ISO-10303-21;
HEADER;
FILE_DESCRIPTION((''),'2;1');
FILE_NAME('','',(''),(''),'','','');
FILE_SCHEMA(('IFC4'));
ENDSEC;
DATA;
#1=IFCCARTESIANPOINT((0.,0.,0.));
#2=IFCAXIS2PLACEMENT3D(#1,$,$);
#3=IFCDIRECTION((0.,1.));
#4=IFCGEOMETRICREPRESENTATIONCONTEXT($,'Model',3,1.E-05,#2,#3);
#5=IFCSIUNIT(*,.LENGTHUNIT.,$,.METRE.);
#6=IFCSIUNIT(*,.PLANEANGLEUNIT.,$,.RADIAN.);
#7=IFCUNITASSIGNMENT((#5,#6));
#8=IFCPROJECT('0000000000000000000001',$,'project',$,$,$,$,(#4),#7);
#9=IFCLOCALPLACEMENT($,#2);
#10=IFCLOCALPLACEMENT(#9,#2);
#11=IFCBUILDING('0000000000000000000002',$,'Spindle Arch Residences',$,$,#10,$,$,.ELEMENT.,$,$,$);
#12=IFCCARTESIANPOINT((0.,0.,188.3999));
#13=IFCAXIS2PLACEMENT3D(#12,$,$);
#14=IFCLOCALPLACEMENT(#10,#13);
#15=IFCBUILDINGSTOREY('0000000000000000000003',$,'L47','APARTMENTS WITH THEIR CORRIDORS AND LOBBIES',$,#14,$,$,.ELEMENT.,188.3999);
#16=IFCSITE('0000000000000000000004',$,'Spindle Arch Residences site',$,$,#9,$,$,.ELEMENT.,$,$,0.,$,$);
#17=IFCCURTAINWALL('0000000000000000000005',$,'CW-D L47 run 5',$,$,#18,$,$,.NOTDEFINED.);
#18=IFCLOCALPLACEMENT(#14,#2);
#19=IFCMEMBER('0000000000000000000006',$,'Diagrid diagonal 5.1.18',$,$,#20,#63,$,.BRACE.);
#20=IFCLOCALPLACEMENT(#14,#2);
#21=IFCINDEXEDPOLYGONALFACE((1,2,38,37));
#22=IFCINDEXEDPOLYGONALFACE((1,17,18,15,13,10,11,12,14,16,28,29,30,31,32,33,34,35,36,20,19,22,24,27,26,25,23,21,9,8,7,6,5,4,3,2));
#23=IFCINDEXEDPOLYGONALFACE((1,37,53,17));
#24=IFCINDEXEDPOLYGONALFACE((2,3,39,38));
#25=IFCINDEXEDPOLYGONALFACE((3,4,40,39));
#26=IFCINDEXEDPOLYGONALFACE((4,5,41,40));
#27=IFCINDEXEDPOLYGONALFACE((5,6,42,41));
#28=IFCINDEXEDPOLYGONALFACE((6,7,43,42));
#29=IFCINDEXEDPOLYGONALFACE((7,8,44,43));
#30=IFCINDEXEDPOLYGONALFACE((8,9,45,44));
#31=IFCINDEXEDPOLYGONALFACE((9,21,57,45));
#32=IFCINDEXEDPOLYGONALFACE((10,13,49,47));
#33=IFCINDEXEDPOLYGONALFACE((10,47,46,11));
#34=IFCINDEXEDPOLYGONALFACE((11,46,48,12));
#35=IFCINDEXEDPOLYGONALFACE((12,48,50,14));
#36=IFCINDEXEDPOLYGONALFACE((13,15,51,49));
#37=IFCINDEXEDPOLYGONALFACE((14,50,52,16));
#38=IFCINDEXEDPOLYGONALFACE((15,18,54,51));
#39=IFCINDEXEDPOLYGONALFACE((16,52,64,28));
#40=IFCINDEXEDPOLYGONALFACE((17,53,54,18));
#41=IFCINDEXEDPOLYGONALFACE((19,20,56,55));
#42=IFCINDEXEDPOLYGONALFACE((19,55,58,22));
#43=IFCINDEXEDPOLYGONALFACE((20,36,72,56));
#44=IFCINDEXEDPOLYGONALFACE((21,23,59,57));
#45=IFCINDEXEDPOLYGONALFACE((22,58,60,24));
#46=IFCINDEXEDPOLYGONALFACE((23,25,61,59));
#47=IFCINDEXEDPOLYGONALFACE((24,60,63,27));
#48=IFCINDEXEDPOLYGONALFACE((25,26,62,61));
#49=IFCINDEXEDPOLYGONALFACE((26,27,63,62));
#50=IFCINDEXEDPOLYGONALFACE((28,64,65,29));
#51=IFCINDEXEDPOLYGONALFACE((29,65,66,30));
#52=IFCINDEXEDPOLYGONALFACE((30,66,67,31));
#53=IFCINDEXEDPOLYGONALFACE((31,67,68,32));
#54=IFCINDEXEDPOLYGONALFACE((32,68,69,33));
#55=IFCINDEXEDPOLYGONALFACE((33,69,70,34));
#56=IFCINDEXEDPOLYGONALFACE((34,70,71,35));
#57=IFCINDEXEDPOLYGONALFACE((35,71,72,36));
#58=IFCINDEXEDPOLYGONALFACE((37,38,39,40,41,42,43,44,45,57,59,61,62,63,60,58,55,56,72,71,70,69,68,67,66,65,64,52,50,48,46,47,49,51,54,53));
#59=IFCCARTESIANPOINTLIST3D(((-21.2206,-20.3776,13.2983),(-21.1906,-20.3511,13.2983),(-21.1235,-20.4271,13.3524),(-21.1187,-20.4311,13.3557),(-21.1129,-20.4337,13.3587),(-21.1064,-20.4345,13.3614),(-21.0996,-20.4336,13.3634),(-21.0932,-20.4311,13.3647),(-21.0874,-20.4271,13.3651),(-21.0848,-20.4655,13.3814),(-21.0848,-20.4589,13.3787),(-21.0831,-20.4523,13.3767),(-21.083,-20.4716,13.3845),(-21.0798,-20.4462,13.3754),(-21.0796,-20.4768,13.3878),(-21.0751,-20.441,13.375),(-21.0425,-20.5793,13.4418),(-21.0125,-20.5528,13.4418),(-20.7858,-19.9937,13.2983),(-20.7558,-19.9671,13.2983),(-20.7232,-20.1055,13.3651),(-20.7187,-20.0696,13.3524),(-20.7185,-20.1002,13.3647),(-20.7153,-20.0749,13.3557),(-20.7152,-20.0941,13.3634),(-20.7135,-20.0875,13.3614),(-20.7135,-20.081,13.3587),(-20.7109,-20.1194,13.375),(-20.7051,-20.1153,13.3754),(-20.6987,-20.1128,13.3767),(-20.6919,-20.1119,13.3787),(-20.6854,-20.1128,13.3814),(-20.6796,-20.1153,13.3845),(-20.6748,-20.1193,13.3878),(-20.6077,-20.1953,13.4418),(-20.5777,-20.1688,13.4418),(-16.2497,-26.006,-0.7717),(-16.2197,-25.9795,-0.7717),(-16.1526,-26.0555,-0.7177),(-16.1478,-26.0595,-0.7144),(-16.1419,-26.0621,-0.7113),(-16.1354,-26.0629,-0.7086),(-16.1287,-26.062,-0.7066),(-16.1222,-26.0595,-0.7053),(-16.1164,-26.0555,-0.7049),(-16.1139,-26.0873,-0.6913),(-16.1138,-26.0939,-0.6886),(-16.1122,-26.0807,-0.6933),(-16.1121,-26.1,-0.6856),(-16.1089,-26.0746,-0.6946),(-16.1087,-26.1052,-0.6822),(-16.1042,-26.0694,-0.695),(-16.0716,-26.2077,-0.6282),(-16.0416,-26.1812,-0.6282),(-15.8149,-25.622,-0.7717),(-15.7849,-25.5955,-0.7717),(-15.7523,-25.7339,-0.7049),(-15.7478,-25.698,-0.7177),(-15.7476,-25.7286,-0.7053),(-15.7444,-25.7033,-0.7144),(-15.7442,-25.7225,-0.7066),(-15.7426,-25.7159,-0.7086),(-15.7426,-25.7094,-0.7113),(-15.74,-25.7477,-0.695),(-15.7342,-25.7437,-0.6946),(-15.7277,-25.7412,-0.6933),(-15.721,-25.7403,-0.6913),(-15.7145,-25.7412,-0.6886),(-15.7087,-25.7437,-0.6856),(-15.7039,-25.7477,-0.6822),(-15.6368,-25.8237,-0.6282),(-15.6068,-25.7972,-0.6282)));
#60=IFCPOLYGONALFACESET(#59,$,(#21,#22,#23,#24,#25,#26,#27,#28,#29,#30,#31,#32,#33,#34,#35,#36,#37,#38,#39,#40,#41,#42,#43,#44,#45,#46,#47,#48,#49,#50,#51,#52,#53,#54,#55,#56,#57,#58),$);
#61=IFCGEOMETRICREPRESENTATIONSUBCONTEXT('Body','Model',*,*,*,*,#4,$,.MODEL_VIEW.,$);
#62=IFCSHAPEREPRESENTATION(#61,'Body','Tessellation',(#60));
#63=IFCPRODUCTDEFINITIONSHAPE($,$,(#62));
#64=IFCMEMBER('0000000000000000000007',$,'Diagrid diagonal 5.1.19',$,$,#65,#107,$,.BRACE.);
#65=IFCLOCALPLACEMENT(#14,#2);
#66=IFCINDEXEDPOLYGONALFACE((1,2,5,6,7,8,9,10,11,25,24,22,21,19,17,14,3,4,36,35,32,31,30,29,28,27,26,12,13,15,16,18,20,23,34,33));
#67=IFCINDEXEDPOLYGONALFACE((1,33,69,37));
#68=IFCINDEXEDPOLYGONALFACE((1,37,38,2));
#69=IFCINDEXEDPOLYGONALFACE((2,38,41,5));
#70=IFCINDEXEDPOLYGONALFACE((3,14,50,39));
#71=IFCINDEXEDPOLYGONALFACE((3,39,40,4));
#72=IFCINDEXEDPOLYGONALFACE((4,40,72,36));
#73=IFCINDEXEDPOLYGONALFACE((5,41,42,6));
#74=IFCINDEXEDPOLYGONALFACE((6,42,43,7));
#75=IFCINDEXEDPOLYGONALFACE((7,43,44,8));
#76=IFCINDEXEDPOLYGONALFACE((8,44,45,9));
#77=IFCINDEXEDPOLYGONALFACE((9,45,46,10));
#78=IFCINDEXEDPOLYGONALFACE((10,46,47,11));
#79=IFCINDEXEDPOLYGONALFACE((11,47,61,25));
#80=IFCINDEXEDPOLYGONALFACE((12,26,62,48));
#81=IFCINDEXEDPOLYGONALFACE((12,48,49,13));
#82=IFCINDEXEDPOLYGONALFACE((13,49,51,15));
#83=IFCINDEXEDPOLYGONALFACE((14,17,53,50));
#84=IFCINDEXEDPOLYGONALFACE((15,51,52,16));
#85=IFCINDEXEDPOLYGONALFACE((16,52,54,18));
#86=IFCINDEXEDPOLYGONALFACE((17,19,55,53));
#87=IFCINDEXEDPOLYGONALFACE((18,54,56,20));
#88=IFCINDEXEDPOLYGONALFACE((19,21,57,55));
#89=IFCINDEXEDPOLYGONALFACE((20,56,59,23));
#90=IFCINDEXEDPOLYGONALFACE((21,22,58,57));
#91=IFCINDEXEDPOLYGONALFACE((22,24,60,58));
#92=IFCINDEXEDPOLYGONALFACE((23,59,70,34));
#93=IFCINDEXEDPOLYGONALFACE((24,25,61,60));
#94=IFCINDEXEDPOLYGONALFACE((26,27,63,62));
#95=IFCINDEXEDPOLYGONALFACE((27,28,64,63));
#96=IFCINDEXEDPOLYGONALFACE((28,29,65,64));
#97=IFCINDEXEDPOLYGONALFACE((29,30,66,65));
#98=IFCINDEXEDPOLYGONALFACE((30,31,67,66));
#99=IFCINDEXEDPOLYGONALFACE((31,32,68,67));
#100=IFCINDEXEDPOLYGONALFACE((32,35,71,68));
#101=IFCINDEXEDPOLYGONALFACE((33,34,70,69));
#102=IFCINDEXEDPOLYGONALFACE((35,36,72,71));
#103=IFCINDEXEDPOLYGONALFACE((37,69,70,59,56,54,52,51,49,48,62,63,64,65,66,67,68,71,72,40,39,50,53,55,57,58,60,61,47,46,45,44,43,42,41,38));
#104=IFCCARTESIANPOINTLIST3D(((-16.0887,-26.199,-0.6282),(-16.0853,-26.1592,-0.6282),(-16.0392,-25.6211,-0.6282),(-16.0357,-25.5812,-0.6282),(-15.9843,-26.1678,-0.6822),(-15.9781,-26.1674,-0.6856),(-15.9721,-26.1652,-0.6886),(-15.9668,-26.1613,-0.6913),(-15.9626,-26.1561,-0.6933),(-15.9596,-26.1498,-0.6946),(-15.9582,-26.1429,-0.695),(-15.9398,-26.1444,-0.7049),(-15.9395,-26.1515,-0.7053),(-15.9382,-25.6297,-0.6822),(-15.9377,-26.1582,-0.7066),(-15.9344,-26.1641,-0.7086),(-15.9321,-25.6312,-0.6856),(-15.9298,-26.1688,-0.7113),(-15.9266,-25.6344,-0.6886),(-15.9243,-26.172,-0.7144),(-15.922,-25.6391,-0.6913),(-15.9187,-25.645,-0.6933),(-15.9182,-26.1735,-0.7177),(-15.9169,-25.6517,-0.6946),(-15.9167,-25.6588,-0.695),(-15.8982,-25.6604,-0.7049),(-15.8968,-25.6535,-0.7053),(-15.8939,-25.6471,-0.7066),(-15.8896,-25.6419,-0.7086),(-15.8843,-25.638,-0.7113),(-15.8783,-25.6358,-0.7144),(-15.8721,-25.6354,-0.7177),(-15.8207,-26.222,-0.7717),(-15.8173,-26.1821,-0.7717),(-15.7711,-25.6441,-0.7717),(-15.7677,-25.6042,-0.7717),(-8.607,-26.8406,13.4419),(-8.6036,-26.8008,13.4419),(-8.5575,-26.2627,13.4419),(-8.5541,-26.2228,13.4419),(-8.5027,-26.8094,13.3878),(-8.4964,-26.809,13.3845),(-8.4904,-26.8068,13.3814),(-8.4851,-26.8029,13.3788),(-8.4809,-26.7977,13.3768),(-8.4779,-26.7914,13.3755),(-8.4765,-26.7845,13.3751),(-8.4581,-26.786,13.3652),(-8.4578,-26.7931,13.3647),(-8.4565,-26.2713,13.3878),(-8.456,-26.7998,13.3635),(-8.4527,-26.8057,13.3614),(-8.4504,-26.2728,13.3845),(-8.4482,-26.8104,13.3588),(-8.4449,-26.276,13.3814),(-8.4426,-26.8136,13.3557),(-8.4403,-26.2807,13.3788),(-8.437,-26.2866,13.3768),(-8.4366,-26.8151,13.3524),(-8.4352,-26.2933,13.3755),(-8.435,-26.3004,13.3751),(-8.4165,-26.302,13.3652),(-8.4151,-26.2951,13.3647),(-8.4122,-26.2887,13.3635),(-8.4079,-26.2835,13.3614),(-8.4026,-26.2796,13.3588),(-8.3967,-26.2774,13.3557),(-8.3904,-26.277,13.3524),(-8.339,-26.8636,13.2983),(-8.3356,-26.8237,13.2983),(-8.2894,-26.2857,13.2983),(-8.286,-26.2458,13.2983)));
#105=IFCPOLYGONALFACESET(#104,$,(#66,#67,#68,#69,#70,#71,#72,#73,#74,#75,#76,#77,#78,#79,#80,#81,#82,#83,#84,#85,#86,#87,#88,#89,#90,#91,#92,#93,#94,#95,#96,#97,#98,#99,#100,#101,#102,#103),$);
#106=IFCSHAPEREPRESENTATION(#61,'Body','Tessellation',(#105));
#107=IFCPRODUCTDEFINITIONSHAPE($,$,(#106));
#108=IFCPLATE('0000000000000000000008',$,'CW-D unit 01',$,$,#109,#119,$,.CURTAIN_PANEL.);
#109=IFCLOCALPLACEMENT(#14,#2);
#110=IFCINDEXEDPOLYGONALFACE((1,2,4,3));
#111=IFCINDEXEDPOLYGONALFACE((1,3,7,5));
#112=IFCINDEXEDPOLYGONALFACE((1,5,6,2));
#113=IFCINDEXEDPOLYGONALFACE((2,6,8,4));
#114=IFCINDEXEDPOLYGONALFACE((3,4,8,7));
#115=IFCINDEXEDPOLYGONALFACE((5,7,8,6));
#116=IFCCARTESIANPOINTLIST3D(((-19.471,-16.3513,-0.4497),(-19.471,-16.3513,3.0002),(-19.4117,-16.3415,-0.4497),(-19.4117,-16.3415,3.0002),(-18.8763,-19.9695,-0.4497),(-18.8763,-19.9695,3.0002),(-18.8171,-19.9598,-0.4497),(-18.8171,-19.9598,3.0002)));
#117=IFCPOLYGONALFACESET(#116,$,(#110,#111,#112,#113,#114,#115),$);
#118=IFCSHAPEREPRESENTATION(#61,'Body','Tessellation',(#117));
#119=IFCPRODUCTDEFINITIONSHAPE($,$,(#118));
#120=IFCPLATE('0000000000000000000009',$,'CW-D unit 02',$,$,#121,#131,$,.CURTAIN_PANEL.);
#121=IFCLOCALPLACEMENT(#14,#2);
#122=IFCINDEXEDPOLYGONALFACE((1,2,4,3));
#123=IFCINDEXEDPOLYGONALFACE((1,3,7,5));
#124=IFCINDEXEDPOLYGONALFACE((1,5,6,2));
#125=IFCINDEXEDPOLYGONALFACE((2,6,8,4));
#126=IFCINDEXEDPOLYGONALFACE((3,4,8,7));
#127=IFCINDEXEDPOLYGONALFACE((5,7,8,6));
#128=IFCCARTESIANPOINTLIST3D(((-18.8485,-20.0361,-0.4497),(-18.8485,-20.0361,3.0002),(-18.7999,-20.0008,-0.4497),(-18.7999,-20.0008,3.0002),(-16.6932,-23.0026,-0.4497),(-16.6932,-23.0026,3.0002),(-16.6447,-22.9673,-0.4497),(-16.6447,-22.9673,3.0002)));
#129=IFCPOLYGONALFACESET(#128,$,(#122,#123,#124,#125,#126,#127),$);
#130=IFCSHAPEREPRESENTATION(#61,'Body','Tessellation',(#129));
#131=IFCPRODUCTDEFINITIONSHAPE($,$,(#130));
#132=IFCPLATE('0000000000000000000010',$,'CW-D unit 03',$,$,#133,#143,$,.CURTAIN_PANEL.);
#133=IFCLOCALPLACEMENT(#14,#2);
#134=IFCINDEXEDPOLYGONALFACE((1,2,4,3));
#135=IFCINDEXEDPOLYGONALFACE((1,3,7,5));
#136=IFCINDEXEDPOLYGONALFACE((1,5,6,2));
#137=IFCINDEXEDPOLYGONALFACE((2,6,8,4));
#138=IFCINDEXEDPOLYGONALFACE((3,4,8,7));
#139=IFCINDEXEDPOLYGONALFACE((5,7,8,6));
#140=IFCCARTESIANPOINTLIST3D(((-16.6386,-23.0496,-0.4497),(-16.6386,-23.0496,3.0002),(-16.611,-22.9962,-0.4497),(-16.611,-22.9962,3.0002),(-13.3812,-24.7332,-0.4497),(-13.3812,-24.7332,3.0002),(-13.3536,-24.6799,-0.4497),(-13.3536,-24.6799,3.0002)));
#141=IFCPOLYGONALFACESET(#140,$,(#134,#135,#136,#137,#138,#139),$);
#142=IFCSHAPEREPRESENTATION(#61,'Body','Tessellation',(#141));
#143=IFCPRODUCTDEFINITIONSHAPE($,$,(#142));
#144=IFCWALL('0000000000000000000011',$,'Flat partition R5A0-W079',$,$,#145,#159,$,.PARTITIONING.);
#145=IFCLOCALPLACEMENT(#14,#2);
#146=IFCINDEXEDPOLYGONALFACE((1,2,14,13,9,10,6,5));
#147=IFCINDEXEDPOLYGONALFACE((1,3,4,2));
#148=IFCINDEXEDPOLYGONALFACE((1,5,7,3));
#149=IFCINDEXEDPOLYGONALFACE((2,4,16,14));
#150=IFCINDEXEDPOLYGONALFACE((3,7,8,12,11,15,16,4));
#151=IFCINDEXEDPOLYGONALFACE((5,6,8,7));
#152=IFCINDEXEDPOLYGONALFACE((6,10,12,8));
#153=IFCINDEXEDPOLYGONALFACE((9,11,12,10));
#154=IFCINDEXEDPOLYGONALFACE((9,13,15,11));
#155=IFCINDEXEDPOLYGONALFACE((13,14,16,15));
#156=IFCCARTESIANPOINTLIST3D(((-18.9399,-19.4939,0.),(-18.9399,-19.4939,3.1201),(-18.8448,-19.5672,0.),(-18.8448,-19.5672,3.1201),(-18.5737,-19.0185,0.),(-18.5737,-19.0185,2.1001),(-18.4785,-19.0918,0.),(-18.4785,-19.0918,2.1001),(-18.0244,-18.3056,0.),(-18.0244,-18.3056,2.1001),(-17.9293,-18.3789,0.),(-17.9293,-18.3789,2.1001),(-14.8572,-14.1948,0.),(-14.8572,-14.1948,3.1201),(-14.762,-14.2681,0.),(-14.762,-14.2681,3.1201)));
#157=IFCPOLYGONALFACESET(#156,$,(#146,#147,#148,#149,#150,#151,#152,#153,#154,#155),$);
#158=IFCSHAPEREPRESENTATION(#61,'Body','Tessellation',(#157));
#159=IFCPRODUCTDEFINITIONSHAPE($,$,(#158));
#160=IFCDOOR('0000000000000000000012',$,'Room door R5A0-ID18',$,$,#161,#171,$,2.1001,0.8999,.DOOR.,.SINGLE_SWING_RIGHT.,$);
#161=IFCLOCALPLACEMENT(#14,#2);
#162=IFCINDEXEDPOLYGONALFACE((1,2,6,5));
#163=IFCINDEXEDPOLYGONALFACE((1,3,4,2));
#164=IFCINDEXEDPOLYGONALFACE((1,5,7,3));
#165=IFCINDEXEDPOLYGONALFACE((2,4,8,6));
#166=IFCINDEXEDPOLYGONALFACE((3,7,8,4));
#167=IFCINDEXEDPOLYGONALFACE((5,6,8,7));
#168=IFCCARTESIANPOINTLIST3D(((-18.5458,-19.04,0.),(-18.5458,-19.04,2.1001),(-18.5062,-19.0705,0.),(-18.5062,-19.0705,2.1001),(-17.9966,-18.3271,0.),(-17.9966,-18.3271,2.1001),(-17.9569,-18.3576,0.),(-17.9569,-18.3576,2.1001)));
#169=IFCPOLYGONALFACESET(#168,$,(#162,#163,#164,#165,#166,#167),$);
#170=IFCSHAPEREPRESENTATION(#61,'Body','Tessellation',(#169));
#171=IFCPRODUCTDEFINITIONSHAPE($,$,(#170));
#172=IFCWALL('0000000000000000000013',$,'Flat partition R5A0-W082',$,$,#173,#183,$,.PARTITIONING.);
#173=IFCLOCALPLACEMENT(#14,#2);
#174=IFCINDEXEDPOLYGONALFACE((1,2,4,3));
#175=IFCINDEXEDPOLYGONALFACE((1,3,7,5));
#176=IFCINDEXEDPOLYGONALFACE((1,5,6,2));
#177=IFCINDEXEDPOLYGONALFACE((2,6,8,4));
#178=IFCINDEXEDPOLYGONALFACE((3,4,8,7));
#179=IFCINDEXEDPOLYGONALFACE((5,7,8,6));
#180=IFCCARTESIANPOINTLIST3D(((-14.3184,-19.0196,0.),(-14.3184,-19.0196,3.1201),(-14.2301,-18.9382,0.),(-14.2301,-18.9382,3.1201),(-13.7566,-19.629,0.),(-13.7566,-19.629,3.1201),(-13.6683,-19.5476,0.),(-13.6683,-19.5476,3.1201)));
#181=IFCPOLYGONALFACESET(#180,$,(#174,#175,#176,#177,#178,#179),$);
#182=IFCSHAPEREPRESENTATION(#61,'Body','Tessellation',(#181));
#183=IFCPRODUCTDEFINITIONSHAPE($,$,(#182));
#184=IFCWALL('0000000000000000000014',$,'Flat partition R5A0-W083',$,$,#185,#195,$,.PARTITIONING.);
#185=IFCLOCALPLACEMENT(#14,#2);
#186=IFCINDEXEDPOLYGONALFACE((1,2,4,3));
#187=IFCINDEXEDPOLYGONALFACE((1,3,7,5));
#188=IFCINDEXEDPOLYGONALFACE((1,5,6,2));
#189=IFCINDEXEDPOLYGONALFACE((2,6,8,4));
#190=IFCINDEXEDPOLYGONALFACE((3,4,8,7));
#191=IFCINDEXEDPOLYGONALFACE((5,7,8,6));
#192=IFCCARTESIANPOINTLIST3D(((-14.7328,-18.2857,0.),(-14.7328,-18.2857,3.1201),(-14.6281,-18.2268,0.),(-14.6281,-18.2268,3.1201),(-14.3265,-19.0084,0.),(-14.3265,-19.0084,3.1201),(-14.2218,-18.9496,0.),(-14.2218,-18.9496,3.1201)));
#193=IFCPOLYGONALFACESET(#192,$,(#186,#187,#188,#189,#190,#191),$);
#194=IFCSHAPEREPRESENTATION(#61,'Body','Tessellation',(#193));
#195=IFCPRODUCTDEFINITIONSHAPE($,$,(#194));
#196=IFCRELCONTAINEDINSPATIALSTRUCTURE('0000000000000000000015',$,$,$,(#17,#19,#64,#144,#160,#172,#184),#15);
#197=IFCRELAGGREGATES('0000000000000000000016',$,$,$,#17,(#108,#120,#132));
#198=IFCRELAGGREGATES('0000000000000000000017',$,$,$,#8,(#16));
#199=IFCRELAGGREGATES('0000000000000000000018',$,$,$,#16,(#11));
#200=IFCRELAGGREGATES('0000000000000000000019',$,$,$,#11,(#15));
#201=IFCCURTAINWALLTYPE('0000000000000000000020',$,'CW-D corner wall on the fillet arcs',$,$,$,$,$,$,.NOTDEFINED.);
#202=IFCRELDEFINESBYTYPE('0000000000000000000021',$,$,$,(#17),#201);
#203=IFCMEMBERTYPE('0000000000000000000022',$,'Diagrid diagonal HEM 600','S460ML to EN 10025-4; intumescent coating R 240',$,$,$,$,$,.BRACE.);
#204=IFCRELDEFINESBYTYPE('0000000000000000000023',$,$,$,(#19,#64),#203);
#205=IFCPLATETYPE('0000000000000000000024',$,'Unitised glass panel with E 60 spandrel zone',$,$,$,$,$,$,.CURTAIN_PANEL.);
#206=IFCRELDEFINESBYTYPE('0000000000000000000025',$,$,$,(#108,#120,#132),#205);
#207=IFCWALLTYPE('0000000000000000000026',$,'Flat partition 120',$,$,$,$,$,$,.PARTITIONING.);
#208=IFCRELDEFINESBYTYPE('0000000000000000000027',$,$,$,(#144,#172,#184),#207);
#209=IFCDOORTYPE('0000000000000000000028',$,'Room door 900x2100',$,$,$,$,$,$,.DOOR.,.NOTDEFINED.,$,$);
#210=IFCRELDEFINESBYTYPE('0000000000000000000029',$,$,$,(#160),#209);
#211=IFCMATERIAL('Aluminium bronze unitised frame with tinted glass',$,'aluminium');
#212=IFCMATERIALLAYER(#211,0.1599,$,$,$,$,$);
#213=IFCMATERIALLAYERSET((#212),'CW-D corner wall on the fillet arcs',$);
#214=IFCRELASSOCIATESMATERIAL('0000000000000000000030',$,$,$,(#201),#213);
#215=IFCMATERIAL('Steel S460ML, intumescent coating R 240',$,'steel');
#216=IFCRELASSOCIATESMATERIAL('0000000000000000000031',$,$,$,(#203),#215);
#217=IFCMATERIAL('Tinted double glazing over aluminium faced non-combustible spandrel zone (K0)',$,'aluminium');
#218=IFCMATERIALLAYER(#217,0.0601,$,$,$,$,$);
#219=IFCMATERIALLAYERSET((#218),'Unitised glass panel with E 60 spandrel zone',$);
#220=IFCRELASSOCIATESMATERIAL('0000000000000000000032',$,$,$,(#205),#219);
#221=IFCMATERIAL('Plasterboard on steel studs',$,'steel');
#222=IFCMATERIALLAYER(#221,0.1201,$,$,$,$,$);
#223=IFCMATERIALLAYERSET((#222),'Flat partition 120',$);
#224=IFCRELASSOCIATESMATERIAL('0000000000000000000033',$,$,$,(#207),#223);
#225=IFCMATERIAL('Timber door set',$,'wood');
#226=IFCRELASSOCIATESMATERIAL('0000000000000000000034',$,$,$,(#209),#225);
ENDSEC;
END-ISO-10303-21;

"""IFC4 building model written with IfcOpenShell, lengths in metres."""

from ifc_helpers import new_model, si_unit, direction, frame, frame_2d, origin, origin_2d, place, context, subcontext, project, spatial, rectangle, i_section, extrude, material, layer, layer_set, material_profile, profile_set, type_object, element, fill, aggregate, save


model = new_model("IFC4")

# Units and contexts
model_context = context("Model", 3, precision=1e-05, world=origin(), true_north=direction((0.0, 1.0)))
body_context = subcontext(model_context, "Body", "Model", "MODEL_VIEW")
ifc_project = project(units=[si_unit("LENGTHUNIT", "METRE"), si_unit("PLANEANGLEUNIT", "RADIAN")], contexts=[model_context])

# Site, building, storey
site_placement = place(None, origin())
site = spatial("IfcSite", under=ifc_project, at=site_placement, Name="Spindle Arch Residences site", CompositionType="ELEMENT", RefElevation=0.0)
building_placement = place(site_placement, origin())
building = spatial("IfcBuilding", under=site, at=building_placement, Name="Spindle Arch Residences", CompositionType="ELEMENT")
storey_placement = place(building_placement, frame((0.0, 0.0, 188.3999)))
storey = spatial("IfcBuildingStorey", under=building, at=storey_placement, Name="L47", Description="APARTMENTS WITH THEIR CORRIDORS AND LOBBIES", CompositionType="ELEMENT", Elevation=188.3999)

# Curtain wall
ifc_material_1 = material(Name="Aluminium bronze unitised frame with tinted glass", Category="aluminium")
ifc_layer_1 = layer(ifc_material_1, 0.1599)
ifc_layer_set_1 = layer_set([ifc_layer_1], Name="CW-D corner wall on the fillet arcs")
curtain_wall_type = type_object("IfcCurtainWallType", Name="CW-D corner wall on the fillet arcs", PredefinedType="NOTDEFINED", material=ifc_layer_set_1)
curtain_wall_placement = place(storey_placement, origin())
curtain_wall = element("IfcCurtainWall", 1, at=curtain_wall_placement, inside=storey, type_object=curtain_wall_type, Name="CW-D L47 run 5", PredefinedType="NOTDEFINED")

# Members
ifc_material_2 = material(Name="Steel S460ML, intumescent coating R 240", Category="steel")
ifc_material_profile_1 = material_profile(ifc_material_2, i_section(OverallWidth=0.3049, OverallDepth=0.6201, WebThickness=0.021, FlangeThickness=0.04, FilletRadius=0.0271, at=origin_2d()), Name="HEM 600")
ifc_profile_set_1 = profile_set([ifc_material_profile_1], Name="Steel S460ML, intumescent coating R 240")
member_type_1 = type_object("IfcMemberType", Name="Diagrid diagonal HEM 600", Description="S460ML to EN 10025-4; intumescent coating R 240", PredefinedType="BRACE", material=ifc_profile_set_1)
for number, where, z_axis, x_axis, name in (
    (2, (-15.9282, -25.9016, -0.7), (-0.311686, 0.352911, 0.882216), (0.584003, -0.661245, 0.470845), "Diagrid diagonal 5.1.18"),
    (3, (-15.9282, -25.9016, -0.7), (0.469116, -0.04023, 0.88222), (-0.878994, 0.075379, 0.470838), "Diagrid diagonal 5.1.19"),
):
    element("IfcMember", number, at=place(storey_placement, frame(where, z_axis=z_axis, x_axis=x_axis)), inside=storey, type_object=member_type_1, Name=name, PredefinedType="BRACE", context=body_context, shape_type="SweptSolid", body=[
        extrude(i_section(OverallWidth=0.3049, OverallDepth=0.6201, WebThickness=0.021, FlangeThickness=0.04, FilletRadius=0.0271, at=origin_2d()), origin(), (0.0, 0.0, 1.0), 15.9485),
    ])

# Plates
ifc_material_3 = material(Name="Tinted double glazing over aluminium faced non-combustible spandrel zone (K0)", Category="aluminium")
ifc_layer_2 = layer(ifc_material_3, 0.0601)
ifc_layer_set_2 = layer_set([ifc_layer_2], Name="Unitised glass panel with E 60 spandrel zone")
plate_type = type_object("IfcPlateType", Name="Unitised glass panel with E 60 spandrel zone", PredefinedType="CURTAIN_PANEL", material=ifc_layer_set_2)
plate_1_placement = place(storey_placement, frame((-19.144, -18.1555, -0.4497), z_axis=(0.0, 0.0, 1.0), x_axis=(0.162178, -0.986762, 0.0)))
plate_1 = element("IfcPlate", 4, at=plate_1_placement, type_object=plate_type, Name="CW-D unit 01", PredefinedType="CURTAIN_PANEL", context=body_context, shape_type="SweptSolid", body=[
    extrude(rectangle(XDim=3.6667, YDim=0.0601, at=origin_2d()), origin(), (0.0, 0.0, 1.0), 3.45),
])
plate_2_placement = place(storey_placement, frame((-17.7466, -21.5017, -0.4497), z_axis=(0.0, 0.0, 1.0), x_axis=(0.587785, -0.809017, 0.0)))
plate_2 = element("IfcPlate", 5, at=plate_2_placement, type_object=plate_type, Name="CW-D unit 02", PredefinedType="CURTAIN_PANEL", context=body_context, shape_type="SweptSolid", body=[
    extrude(rectangle(XDim=3.6667, YDim=0.0601, at=origin_2d()), origin(), (0.0, 0.0, 1.0), 3.45),
])
plate_3_placement = place(storey_placement, frame((-14.9961, -23.8647, -0.4497), z_axis=(0.0, 0.0, 1.0), x_axis=(0.88835, -0.459166, 0.0)))
plate_3 = element("IfcPlate", 6, at=plate_3_placement, type_object=plate_type, Name="CW-D unit 03", PredefinedType="CURTAIN_PANEL", context=body_context, shape_type="SweptSolid", body=[
    extrude(rectangle(XDim=3.6667, YDim=0.0601, at=origin_2d()), origin(), (0.0, 0.0, 1.0), 3.45),
])
aggregate(curtain_wall, [plate_1, plate_2, plate_3])

# Wall, opening, door
ifc_material_4 = material(Name="Plasterboard on steel studs", Category="steel")
ifc_layer_3 = layer(ifc_material_4, 0.1201)
ifc_layer_set_3 = layer_set([ifc_layer_3], Name="Flat partition 120")
wall_type_1 = type_object("IfcWallType", Name="Flat partition 120", PredefinedType="PARTITIONING", material=ifc_layer_set_3)
wall_1_placement = place(storey_placement, frame((-18.8923, -19.5305, 0.0), z_axis=(0.0, 0.0, 1.0), x_axis=(0.610326, 0.79215, 0.0)))
wall_1 = element("IfcWall", 7, at=wall_1_placement, inside=storey, type_object=wall_type_1, Name="Flat partition R5A0-W079", PredefinedType="PARTITIONING", context=body_context, shape_type="SweptSolid", body=[
    extrude(rectangle(XDim=6.6895, YDim=0.1201, at=frame_2d((3.3447, 0.0))), origin(), (0.0, 0.0, 1.0), 3.1201),
])
opening_placement = place(wall_1_placement, frame((0.6001, 0.0, 0.0)))
opening = element("IfcOpeningElement", 8, at=opening_placement, cuts=wall_1, PredefinedType="OPENING", context=body_context, shape_type="SweptSolid", body=[
    extrude(rectangle(XDim=0.8999, YDim=2.1001, at=frame_2d((0.45, 1.05))), frame((0.0, 0.0701, 0.0), z_axis=(0.0, -1.0, 0.0), x_axis=(1.0, 0.0, 0.0)), (0.0, 0.0, 1.0), 0.1401),
])
ifc_material_5 = material(Name="Timber door set", Category="wood")
door_type = type_object("IfcDoorType", Name="Room door 900x2100", OperationType="NOTDEFINED", PredefinedType="DOOR", material=ifc_material_5)
door_placement = place(opening_placement, origin())
door = element("IfcDoor", 9, at=door_placement, inside=storey, type_object=door_type, Name="Room door R5A0-ID18", OperationType="SINGLE_SWING_RIGHT", OverallHeight=2.1001, OverallWidth=0.8999, PredefinedType="DOOR", context=body_context, shape_type="SweptSolid", body=[
    extrude(rectangle(XDim=0.8999, YDim=2.1001, at=frame_2d((0.45, 1.05))), frame((0.0, 0.0249, 0.0), z_axis=(0.0, -1.0, 0.0), x_axis=(1.0, 0.0, 0.0)), (0.0, 0.0, 1.0), 0.05),
])
fill(opening, door)

# Walls
wall_2_placement = place(storey_placement, frame((-13.7124, -19.5884, 0.0), z_axis=(0.0, 0.0, 1.0), x_axis=(-0.677803, 0.735244, 0.0)))
element("IfcWall", 10, at=wall_2_placement, inside=storey, type_object=wall_type_1, Name="Flat partition R5A0-W082", PredefinedType="PARTITIONING", context=body_context, shape_type="SweptSolid", body=[
    extrude(rectangle(XDim=0.8289, YDim=0.1201, at=frame_2d((0.4146, 0.0))), origin(), (0.0, 0.0, 1.0), 3.1201),
])
wall_3_placement = place(storey_placement, frame((-14.2742, -18.979, 0.0), z_axis=(0.0, 0.0, 1.0), x_axis=(-0.490038, 0.871701, 0.0)))
element("IfcWall", 11, at=wall_3_placement, inside=storey, type_object=wall_type_1, Name="Flat partition R5A0-W083", PredefinedType="PARTITIONING", context=body_context, shape_type="SweptSolid", body=[
    extrude(rectangle(XDim=0.8291, YDim=0.1201, at=frame_2d((0.4146, 0.0))), origin(), (0.0, 0.0, 1.0), 3.1201),
])

save(model, "model.ifc")
